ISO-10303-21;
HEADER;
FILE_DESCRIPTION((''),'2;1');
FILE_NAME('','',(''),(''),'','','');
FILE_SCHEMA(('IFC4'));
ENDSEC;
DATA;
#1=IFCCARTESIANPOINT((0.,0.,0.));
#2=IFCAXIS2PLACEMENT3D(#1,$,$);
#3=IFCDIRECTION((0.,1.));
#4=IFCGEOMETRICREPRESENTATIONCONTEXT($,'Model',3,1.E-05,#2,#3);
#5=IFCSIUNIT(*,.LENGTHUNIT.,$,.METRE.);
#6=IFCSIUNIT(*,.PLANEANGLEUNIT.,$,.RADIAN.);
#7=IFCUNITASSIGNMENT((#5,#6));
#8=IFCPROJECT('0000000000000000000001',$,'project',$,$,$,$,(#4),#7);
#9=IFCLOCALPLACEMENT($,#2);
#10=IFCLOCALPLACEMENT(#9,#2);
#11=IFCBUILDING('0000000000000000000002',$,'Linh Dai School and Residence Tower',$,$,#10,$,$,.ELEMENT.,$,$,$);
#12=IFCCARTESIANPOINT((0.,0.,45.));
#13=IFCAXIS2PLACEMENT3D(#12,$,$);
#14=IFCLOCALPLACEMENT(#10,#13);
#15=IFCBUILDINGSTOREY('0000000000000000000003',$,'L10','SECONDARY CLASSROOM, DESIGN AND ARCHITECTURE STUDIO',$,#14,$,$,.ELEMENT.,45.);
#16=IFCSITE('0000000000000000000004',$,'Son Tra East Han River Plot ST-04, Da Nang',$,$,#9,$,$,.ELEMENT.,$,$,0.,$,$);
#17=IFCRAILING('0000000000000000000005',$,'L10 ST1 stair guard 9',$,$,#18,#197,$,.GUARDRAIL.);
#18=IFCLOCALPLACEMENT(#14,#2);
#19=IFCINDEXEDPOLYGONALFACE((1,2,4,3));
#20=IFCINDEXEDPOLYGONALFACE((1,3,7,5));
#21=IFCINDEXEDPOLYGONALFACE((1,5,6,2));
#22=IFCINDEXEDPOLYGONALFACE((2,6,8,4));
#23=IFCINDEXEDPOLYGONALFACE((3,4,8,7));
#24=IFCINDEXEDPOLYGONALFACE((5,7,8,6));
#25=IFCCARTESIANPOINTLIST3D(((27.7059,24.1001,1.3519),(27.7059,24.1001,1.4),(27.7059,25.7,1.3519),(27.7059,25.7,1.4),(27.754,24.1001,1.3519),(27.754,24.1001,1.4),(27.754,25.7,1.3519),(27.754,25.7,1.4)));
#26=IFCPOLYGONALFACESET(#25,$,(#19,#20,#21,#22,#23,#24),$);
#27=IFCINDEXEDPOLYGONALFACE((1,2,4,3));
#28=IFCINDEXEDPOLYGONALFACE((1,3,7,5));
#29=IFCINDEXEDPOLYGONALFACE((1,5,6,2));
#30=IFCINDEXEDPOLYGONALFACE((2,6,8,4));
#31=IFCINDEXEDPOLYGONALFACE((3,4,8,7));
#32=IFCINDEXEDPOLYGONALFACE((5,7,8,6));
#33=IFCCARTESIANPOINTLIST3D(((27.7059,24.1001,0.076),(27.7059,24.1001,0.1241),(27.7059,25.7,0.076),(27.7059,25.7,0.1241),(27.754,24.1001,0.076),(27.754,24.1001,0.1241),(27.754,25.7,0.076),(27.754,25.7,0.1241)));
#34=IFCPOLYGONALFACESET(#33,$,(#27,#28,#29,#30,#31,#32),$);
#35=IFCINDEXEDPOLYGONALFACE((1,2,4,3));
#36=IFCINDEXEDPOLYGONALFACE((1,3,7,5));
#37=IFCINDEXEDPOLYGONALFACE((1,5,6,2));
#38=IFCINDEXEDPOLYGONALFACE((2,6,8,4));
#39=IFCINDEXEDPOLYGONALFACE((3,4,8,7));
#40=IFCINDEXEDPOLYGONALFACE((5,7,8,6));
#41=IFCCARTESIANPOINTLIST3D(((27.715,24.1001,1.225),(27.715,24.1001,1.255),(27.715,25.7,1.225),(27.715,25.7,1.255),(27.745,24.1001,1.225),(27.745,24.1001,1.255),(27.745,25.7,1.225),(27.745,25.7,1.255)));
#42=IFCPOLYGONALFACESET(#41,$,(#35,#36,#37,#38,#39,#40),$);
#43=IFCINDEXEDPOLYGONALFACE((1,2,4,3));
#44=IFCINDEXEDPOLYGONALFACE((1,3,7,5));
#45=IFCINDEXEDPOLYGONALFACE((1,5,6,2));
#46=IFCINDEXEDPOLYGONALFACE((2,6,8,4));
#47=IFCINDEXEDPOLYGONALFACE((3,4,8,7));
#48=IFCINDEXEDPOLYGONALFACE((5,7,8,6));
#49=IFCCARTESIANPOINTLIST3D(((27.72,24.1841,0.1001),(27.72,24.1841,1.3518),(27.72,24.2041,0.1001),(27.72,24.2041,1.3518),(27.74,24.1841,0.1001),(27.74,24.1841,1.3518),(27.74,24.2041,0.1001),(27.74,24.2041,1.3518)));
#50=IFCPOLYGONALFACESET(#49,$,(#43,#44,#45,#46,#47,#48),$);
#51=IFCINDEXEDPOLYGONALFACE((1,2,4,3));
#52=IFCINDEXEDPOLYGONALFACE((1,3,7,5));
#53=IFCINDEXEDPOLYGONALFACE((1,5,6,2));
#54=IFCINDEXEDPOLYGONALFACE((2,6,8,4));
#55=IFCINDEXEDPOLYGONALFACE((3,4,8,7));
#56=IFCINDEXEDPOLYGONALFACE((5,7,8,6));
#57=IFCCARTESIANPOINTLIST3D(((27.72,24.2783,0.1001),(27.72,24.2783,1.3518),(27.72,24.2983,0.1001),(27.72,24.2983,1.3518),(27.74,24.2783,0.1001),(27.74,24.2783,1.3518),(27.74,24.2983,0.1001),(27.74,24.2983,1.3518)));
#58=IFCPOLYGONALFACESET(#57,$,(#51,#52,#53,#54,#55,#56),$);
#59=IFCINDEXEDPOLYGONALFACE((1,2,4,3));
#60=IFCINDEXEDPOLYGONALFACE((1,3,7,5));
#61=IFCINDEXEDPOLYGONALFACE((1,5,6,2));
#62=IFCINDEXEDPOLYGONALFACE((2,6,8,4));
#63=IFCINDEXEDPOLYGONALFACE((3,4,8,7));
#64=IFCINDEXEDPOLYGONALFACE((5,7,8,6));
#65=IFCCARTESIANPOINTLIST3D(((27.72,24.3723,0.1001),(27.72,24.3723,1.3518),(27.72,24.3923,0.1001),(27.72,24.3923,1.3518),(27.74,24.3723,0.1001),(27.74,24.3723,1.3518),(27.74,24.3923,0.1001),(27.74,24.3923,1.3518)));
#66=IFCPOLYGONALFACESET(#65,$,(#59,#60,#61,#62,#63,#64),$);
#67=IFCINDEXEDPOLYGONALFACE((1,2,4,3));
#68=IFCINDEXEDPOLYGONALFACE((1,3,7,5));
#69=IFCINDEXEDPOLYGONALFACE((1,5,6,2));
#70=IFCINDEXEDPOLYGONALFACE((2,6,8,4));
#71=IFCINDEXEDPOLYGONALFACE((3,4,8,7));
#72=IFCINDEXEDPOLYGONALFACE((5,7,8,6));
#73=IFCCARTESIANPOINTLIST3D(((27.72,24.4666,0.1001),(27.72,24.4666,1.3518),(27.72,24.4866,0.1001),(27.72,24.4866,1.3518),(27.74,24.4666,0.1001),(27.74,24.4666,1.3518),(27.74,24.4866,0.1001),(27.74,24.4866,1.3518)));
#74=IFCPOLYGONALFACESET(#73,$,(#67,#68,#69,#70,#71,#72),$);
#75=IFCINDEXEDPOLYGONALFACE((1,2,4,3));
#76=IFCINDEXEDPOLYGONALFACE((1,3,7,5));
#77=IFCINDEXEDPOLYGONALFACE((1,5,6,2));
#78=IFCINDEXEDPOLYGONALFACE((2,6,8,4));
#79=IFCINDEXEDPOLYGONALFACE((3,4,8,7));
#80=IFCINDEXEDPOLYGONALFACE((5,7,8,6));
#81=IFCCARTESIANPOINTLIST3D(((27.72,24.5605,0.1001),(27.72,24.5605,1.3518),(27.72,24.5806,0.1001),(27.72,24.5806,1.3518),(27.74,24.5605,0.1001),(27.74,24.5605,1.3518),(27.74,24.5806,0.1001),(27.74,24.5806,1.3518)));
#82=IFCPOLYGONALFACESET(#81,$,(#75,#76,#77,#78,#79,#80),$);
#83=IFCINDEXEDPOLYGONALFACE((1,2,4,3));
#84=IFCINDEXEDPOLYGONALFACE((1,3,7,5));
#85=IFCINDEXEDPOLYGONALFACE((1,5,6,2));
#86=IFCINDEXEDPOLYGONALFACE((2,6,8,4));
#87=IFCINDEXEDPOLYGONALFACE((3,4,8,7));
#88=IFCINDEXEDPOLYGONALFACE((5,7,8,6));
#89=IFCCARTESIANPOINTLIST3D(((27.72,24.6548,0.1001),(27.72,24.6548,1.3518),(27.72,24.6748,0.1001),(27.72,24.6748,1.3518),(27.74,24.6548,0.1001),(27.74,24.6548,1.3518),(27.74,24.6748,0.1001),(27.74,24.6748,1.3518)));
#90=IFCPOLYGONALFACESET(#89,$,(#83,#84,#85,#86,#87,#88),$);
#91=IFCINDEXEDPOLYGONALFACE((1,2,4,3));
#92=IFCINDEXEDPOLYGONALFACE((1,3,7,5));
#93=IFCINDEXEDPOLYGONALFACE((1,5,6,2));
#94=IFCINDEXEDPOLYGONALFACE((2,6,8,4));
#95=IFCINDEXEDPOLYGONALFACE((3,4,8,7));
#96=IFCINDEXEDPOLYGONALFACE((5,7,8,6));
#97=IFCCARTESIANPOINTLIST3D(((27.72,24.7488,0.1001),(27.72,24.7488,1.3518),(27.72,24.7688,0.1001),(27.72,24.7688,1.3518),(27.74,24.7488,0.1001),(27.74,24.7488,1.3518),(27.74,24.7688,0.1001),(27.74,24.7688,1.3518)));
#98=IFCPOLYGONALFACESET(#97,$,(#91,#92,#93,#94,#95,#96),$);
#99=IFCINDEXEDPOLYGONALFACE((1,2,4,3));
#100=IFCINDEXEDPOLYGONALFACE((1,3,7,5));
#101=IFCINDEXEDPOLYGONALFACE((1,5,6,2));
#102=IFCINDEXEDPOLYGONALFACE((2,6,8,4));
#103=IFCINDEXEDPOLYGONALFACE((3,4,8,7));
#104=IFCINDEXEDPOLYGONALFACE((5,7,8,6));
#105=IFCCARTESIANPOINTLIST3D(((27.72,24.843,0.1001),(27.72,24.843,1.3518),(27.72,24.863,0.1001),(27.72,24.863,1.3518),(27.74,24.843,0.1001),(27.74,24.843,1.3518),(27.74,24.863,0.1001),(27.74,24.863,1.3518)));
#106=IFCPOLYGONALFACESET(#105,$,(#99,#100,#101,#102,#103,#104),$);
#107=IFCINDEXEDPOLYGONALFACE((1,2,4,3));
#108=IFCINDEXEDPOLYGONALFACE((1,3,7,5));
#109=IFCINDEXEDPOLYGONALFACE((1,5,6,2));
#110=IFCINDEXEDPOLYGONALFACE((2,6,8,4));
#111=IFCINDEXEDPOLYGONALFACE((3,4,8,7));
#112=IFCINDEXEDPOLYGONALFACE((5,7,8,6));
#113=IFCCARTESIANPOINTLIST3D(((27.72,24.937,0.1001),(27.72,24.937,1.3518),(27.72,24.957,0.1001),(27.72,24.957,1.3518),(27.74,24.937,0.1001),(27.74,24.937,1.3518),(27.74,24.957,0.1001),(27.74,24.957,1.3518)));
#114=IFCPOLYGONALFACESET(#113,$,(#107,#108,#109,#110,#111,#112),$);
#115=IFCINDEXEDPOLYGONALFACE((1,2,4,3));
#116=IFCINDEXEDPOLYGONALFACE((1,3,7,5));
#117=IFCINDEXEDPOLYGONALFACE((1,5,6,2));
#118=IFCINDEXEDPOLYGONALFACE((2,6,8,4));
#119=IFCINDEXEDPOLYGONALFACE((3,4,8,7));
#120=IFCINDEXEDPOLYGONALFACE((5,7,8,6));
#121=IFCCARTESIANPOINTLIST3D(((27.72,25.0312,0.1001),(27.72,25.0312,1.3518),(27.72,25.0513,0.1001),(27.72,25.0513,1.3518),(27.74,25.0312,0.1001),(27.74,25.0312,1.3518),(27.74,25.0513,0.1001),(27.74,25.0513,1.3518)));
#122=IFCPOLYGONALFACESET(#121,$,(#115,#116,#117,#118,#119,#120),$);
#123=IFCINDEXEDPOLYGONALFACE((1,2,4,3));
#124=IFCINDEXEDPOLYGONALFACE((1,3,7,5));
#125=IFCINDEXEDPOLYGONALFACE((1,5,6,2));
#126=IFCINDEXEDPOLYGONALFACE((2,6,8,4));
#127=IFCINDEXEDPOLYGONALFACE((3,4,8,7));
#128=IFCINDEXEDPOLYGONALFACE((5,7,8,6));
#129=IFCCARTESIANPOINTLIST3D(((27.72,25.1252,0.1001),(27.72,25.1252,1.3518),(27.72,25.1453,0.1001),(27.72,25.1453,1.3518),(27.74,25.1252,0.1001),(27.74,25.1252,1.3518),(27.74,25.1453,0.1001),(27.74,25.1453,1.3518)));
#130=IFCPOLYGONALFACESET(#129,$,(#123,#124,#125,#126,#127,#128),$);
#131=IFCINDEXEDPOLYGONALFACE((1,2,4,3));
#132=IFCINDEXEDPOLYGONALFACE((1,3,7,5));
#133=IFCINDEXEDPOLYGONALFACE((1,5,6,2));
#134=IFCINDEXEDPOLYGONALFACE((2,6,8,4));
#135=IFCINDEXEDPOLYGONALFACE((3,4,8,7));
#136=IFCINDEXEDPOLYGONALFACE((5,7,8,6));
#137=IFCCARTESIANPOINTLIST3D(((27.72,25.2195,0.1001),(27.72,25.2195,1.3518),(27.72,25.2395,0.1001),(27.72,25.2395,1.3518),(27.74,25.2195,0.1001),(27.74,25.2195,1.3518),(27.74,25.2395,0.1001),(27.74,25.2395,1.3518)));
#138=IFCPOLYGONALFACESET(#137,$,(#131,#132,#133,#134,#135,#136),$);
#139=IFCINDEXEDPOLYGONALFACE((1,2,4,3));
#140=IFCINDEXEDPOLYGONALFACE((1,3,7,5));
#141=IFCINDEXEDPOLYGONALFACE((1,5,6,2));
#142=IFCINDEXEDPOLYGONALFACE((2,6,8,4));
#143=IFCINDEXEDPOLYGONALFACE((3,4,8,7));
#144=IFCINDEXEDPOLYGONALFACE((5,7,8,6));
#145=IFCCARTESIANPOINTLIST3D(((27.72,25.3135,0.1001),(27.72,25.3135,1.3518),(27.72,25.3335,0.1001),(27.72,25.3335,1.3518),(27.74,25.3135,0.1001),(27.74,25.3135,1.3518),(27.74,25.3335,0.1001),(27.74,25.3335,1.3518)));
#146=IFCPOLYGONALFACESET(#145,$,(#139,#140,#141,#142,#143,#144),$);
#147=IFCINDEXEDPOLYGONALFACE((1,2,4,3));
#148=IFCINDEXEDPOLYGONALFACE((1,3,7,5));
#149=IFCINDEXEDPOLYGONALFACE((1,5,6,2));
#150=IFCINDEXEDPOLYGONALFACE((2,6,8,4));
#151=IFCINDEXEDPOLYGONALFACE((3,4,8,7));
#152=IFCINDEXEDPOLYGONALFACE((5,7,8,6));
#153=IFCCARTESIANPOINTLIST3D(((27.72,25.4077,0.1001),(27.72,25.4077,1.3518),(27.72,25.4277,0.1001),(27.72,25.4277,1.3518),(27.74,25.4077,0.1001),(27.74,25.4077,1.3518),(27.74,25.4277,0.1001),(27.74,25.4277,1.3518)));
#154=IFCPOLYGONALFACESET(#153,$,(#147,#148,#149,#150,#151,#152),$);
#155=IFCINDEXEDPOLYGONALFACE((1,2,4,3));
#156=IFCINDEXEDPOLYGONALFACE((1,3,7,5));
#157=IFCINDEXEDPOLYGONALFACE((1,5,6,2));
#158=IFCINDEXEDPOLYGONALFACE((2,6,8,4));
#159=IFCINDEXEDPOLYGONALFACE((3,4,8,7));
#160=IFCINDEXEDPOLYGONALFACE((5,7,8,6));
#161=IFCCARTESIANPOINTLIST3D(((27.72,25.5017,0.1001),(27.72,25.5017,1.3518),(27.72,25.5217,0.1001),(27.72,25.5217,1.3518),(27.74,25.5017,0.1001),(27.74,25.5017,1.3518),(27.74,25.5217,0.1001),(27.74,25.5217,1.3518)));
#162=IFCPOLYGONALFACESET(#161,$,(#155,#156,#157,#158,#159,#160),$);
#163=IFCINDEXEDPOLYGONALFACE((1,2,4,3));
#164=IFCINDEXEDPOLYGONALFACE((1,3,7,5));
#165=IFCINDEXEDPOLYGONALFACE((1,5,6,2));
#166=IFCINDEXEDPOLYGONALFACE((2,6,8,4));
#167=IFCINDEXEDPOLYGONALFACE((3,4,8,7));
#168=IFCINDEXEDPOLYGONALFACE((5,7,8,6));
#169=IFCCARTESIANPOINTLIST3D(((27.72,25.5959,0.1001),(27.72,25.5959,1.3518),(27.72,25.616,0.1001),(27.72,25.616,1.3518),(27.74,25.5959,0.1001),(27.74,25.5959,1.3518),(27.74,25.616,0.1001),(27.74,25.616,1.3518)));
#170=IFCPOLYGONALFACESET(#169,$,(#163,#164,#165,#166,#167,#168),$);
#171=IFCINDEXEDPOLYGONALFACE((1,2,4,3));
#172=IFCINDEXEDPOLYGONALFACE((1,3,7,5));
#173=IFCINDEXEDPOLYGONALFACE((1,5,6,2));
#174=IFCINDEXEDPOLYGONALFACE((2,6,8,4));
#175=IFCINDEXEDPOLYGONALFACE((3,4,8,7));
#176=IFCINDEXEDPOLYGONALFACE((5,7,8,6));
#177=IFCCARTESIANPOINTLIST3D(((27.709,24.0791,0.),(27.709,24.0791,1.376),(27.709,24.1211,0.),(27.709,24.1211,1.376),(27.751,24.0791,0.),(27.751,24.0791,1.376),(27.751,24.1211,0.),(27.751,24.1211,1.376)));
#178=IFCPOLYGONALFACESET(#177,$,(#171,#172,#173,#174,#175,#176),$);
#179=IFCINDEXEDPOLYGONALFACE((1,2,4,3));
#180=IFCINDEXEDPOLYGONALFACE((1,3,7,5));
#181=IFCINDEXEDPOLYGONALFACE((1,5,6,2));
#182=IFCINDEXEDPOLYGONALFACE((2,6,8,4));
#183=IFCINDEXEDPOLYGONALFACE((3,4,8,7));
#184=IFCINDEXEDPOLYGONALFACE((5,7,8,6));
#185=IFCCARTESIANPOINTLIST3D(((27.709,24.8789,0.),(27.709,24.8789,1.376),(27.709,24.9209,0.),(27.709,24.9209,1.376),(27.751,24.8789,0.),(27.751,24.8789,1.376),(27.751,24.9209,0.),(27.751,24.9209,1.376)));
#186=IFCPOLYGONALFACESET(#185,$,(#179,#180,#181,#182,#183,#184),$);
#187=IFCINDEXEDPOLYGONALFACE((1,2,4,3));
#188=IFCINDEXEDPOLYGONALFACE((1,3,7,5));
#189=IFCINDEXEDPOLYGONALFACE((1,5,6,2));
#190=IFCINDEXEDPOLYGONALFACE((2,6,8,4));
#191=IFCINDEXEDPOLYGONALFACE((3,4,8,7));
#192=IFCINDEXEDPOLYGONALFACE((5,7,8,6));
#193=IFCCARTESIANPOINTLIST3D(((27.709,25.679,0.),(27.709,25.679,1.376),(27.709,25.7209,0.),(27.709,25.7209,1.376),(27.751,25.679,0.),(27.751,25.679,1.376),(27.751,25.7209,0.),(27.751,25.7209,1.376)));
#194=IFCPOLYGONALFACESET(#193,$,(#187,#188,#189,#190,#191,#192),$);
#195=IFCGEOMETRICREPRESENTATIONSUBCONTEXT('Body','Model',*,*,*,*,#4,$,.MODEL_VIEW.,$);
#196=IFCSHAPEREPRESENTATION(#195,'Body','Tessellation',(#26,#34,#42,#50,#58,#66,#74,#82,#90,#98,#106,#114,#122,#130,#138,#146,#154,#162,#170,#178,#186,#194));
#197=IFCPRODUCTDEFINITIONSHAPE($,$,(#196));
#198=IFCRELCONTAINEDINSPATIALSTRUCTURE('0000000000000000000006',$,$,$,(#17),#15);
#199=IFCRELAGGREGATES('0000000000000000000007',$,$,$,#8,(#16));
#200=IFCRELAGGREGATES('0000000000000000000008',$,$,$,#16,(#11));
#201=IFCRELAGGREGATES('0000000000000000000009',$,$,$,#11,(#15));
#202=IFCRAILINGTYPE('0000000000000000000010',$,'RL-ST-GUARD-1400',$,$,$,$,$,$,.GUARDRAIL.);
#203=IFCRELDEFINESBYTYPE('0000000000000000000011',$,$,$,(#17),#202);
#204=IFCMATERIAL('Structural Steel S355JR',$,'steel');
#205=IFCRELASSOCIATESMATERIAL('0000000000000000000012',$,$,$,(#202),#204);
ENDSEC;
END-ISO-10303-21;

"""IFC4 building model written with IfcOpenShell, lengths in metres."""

from ifc_helpers import new_model, si_unit, direction, frame, origin, origin_2d, place, context, subcontext, project, spatial, rectangle, extrude, source, transform, mapped, material, type_object, element, save


model = new_model("IFC4")

# Units and contexts
model_context = context("Model", 3, precision=1e-05, world=origin(), true_north=direction((0.0, 1.0)))
body_context = subcontext(model_context, "Body", "Model", "MODEL_VIEW")
ifc_project = project(units=[si_unit("LENGTHUNIT", "METRE"), si_unit("PLANEANGLEUNIT", "RADIAN")], contexts=[model_context])

# Site, building, storey
site_placement = place(None, origin())
site = spatial("IfcSite", under=ifc_project, at=site_placement, Name="Son Tra East Han River Plot ST-04, Da Nang", CompositionType="ELEMENT", RefElevation=0.0)
building_placement = place(site_placement, origin())
building = spatial("IfcBuilding", under=site, at=building_placement, Name="Linh Dai School and Residence Tower", CompositionType="ELEMENT")
storey_placement = place(building_placement, frame((0.0, 0.0, 45.0)))
storey = spatial("IfcBuildingStorey", under=building, at=storey_placement, Name="L10", Description="SECONDARY CLASSROOM, DESIGN AND ARCHITECTURE STUDIO", CompositionType="ELEMENT", Elevation=45.0)

# Shared definitions
ifc_material_1 = material(Name="Structural Steel S355JR", Category="steel")

# Railing
railing_type_1 = type_object("IfcRailingType", Name="RL-ST-GUARD-1400", PredefinedType="GUARDRAIL", material=ifc_material_1)
shared_shape_1 = source(origin(), body_context, "Body", "SweptSolid", [
    extrude(rectangle(XDim=0.0481, YDim=0.0481, at=origin_2d()), frame((0.0, 0.0, 1.376), z_axis=(0.0, 1.0, 0.0), x_axis=(-1.0, 0.0, 0.0)), (0.0, 0.0, 1.0), 1.5999),
    extrude(rectangle(XDim=0.0481, YDim=0.0481, at=origin_2d()), frame((0.0, 0.0, 0.1001), z_axis=(0.0, 1.0, 0.0), x_axis=(-1.0, 0.0, 0.0)), (0.0, 0.0, 1.0), 1.5999),
    extrude(rectangle(XDim=0.03, YDim=0.03, at=origin_2d()), frame((0.0, 0.0, 1.24), z_axis=(0.0, 1.0, 0.0), x_axis=(-1.0, 0.0, 0.0)), (0.0, 0.0, 1.0), 1.5999),
    extrude(rectangle(XDim=0.02, YDim=0.02, at=origin_2d()), frame((0.0, 0.094, 0.1001)), (0.0, 0.0, 1.0), 1.2517),
    extrude(rectangle(XDim=0.02, YDim=0.02, at=origin_2d()), frame((0.0, 0.1882, 0.1001)), (0.0, 0.0, 1.0), 1.2517),
    extrude(rectangle(XDim=0.02, YDim=0.02, at=origin_2d()), frame((0.0, 0.2822, 0.1001)), (0.0, 0.0, 1.0), 1.2517),
    extrude(rectangle(XDim=0.02, YDim=0.02, at=origin_2d()), frame((0.0, 0.3765, 0.1001)), (0.0, 0.0, 1.0), 1.2517),
    extrude(rectangle(XDim=0.02, YDim=0.02, at=origin_2d()), frame((0.0, 0.4705, 0.1001)), (0.0, 0.0, 1.0), 1.2517),
    extrude(rectangle(XDim=0.02, YDim=0.02, at=origin_2d()), frame((0.0, 0.5647, 0.1001)), (0.0, 0.0, 1.0), 1.2517),
    extrude(rectangle(XDim=0.02, YDim=0.02, at=origin_2d()), frame((0.0, 0.6587, 0.1001)), (0.0, 0.0, 1.0), 1.2517),
    extrude(rectangle(XDim=0.02, YDim=0.02, at=origin_2d()), frame((0.0, 0.7529, 0.1001)), (0.0, 0.0, 1.0), 1.2517),
    extrude(rectangle(XDim=0.02, YDim=0.02, at=origin_2d()), frame((0.0, 0.8469, 0.1001)), (0.0, 0.0, 1.0), 1.2517),
    extrude(rectangle(XDim=0.02, YDim=0.02, at=origin_2d()), frame((0.0, 0.9412, 0.1001)), (0.0, 0.0, 1.0), 1.2517),
    extrude(rectangle(XDim=0.02, YDim=0.02, at=origin_2d()), frame((0.0, 1.0352, 0.1001)), (0.0, 0.0, 1.0), 1.2517),
    extrude(rectangle(XDim=0.02, YDim=0.02, at=origin_2d()), frame((0.0, 1.1294, 0.1001)), (0.0, 0.0, 1.0), 1.2517),
    extrude(rectangle(XDim=0.02, YDim=0.02, at=origin_2d()), frame((0.0, 1.2234, 0.1001)), (0.0, 0.0, 1.0), 1.2517),
    extrude(rectangle(XDim=0.02, YDim=0.02, at=origin_2d()), frame((0.0, 1.3176, 0.1001)), (0.0, 0.0, 1.0), 1.2517),
    extrude(rectangle(XDim=0.02, YDim=0.02, at=origin_2d()), frame((0.0, 1.4116, 0.1001)), (0.0, 0.0, 1.0), 1.2517),
    extrude(rectangle(XDim=0.02, YDim=0.02, at=origin_2d()), frame((0.0, 1.5059, 0.1001)), (0.0, 0.0, 1.0), 1.2517),
    extrude(rectangle(XDim=0.042, YDim=0.042, at=origin_2d()), origin(), (0.0, 0.0, 1.0), 1.376),
    extrude(rectangle(XDim=0.042, YDim=0.042, at=origin_2d()), frame((0.0, 0.7998, 0.0)), (0.0, 0.0, 1.0), 1.376),
    extrude(rectangle(XDim=0.042, YDim=0.042, at=origin_2d()), frame((0.0, 1.5999, 0.0)), (0.0, 0.0, 1.0), 1.376),
])
for number, where, name in (
    (1, (27.73, 24.1001, 0.0), "L10 ST1 stair guard 9"),
):
    element("IfcRailing", number, at=place(storey_placement, frame(where)), inside=storey, type_object=railing_type_1, Name=name, PredefinedType="GUARDRAIL", context=body_context, shape_type="MappedRepresentation", body=[
        mapped(shared_shape_1, transform((0.0, 0.0, 0.0), x_axis=(1.0, 0.0, 0.0), y_axis=(0.0, 1.0, 0.0), z_axis=(0.0, 0.0, 1.0), scale=1.0)),
    ])

save(model, "model.ifc")
